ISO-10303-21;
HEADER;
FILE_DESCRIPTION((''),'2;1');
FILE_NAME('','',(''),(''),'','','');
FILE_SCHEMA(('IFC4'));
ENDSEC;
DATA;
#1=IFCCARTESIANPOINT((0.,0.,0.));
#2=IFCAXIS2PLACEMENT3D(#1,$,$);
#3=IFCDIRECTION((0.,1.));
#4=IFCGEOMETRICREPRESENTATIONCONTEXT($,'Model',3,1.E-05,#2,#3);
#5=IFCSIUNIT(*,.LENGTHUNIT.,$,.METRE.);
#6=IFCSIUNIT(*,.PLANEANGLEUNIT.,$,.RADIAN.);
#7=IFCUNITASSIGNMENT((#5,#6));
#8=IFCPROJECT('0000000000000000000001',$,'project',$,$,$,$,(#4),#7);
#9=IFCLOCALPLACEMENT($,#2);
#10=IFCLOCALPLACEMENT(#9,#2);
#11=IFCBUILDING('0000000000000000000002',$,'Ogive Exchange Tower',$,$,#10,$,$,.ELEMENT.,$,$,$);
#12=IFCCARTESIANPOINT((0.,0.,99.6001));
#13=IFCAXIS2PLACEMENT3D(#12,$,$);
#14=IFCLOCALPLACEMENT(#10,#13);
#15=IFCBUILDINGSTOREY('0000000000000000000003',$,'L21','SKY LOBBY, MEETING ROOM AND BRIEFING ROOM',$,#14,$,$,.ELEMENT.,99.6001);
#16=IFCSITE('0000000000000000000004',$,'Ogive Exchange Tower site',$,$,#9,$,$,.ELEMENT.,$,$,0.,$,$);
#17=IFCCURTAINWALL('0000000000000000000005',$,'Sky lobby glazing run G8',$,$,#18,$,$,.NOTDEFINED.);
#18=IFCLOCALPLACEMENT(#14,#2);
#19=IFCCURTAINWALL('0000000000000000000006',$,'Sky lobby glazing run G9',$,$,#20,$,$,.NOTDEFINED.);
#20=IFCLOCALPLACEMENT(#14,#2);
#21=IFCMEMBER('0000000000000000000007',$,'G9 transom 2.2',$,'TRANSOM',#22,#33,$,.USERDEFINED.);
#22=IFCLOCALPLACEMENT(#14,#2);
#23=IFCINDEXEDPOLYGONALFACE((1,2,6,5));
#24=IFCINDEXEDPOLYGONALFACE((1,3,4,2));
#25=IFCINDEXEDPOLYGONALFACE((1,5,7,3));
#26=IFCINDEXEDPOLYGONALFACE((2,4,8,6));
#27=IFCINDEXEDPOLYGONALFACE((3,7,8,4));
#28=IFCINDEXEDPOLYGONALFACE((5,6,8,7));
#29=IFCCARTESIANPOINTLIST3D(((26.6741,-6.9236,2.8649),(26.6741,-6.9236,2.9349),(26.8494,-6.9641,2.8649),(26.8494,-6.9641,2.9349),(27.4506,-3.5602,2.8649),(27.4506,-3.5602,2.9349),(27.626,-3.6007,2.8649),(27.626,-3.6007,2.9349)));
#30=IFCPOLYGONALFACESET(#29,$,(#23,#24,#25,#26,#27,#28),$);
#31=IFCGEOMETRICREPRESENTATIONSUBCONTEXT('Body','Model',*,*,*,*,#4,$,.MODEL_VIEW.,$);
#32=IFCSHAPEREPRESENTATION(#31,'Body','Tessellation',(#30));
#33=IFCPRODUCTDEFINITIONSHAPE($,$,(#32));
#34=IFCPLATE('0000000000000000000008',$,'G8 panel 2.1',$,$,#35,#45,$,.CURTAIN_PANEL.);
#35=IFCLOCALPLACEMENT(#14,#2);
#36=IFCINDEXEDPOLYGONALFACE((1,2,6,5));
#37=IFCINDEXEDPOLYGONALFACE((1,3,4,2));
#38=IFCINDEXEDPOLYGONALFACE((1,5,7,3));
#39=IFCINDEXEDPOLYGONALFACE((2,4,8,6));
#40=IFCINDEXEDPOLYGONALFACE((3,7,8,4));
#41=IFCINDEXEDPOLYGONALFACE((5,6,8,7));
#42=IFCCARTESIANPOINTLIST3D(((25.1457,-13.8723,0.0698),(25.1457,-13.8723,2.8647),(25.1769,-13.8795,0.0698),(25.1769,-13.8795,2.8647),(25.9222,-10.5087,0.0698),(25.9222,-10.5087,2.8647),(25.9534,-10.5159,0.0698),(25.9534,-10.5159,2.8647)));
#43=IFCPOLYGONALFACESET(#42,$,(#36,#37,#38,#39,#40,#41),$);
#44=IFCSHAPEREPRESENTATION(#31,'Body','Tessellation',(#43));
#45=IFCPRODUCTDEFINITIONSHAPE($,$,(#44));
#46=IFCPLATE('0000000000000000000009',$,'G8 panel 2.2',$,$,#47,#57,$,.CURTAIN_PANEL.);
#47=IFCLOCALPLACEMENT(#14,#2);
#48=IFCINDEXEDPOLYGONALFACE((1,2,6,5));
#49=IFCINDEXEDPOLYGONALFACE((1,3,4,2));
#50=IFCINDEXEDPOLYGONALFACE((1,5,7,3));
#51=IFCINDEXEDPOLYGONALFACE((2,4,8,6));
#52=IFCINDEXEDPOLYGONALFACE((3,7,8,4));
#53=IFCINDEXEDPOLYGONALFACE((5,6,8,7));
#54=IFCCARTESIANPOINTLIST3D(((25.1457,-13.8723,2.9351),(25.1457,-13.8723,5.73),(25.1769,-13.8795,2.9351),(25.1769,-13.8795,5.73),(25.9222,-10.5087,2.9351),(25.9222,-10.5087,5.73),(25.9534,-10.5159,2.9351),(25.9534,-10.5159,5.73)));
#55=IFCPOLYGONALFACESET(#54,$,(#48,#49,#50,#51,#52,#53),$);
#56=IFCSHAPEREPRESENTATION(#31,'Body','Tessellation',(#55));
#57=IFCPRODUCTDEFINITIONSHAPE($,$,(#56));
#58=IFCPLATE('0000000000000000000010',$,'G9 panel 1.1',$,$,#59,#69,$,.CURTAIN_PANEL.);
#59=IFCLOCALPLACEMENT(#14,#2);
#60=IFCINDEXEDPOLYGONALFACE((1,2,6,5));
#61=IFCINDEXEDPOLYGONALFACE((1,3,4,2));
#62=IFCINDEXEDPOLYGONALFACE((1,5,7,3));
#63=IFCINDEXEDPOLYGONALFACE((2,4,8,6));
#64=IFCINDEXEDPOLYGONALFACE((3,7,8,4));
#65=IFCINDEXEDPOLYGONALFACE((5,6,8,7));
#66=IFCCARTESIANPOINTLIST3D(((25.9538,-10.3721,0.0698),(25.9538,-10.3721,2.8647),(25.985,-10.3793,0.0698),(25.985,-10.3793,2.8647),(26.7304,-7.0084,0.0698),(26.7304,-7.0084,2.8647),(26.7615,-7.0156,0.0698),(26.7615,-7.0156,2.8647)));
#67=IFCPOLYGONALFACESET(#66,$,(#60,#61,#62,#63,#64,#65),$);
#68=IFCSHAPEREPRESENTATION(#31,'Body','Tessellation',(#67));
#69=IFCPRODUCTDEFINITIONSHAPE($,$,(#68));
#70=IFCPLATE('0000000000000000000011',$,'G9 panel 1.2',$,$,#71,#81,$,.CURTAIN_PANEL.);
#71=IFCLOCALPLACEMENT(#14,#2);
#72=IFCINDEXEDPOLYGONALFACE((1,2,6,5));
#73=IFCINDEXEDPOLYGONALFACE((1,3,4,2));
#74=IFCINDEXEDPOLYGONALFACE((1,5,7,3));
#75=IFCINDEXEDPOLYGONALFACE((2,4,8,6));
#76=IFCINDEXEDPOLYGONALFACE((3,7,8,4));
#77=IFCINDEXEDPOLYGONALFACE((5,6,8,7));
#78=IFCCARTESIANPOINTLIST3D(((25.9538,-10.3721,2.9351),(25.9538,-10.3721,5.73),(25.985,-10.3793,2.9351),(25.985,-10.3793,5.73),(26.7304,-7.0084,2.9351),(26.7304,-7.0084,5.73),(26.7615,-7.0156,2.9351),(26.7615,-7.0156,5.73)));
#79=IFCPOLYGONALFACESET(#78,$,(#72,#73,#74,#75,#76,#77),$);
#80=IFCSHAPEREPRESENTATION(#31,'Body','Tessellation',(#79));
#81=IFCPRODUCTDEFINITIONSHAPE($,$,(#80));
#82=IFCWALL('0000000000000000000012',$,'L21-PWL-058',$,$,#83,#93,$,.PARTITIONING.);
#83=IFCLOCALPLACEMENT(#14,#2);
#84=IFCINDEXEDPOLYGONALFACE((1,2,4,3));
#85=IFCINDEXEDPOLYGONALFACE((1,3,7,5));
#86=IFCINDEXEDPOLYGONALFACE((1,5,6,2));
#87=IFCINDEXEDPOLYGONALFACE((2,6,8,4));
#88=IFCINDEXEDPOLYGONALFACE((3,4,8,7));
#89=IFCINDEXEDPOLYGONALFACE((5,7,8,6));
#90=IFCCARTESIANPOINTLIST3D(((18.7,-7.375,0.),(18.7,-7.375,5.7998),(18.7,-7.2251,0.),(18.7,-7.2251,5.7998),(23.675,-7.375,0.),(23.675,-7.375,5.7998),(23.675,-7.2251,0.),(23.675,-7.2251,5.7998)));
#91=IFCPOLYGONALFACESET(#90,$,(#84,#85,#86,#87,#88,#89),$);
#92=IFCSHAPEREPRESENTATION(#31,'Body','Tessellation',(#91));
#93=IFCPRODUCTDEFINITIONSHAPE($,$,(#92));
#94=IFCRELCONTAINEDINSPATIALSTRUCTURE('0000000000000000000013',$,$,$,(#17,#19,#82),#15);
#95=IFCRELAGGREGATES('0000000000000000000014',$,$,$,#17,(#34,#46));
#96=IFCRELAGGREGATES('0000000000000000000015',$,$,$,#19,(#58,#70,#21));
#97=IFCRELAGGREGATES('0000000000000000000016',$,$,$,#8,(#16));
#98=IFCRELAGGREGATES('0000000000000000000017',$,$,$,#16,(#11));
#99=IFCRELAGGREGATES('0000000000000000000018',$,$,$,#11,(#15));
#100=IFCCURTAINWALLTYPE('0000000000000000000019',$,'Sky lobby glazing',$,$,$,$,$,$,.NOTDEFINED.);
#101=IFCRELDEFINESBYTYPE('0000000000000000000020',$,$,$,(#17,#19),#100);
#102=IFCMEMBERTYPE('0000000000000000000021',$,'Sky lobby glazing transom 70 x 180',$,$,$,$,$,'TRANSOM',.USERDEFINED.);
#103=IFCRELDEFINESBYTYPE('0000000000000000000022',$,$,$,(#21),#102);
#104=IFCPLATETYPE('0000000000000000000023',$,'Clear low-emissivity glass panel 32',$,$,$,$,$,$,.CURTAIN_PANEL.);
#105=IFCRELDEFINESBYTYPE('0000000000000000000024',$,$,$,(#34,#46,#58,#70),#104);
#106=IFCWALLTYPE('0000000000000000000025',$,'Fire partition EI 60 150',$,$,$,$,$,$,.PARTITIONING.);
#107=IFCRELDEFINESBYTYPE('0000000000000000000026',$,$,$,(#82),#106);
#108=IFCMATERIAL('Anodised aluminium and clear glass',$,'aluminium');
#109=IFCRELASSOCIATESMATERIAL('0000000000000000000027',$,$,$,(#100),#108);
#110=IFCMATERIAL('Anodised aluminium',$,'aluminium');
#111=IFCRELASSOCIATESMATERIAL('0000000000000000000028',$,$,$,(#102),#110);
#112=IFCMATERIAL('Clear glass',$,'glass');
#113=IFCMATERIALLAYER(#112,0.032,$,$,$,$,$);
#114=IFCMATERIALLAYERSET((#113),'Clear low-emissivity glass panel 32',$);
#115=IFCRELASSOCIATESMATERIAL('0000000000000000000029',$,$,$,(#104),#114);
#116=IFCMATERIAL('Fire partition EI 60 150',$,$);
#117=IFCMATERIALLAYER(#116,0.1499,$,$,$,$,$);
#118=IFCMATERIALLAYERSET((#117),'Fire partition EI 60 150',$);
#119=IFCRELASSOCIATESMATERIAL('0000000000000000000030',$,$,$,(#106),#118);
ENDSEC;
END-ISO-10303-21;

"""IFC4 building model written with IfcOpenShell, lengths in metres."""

from ifc_helpers import new_model, si_unit, direction, frame, frame_2d, origin, origin_2d, place, context, subcontext, project, spatial, rectangle, extrude, material, layer, layer_set, material_profile, profile_set, type_object, element, aggregate, save


model = new_model("IFC4")

# Units and contexts
model_context = context("Model", 3, precision=1e-05, world=origin(), true_north=direction((0.0, 1.0)))
body_context = subcontext(model_context, "Body", "Model", "MODEL_VIEW")
ifc_project = project(units=[si_unit("LENGTHUNIT", "METRE"), si_unit("PLANEANGLEUNIT", "RADIAN")], contexts=[model_context])

# Site, building, storey
site_placement = place(None, origin())
site = spatial("IfcSite", under=ifc_project, at=site_placement, Name="Ogive Exchange Tower site", CompositionType="ELEMENT", RefElevation=0.0)
building_placement = place(site_placement, origin())
building = spatial("IfcBuilding", under=site, at=building_placement, Name="Ogive Exchange Tower", CompositionType="ELEMENT")
storey_placement = place(building_placement, frame((0.0, 0.0, 99.6001)))
storey = spatial("IfcBuildingStorey", under=building, at=storey_placement, Name="L21", Description="SKY LOBBY, MEETING ROOM AND BRIEFING ROOM", CompositionType="ELEMENT", Elevation=99.6001)

# Curtain walls
ifc_material_1 = material(Name="Anodised aluminium and clear glass", Category="aluminium")
curtain_wall_type = type_object("IfcCurtainWallType", Name="Sky lobby glazing", PredefinedType="NOTDEFINED", material=ifc_material_1)
curtain_wall_1_placement = place(storey_placement, origin())
curtain_wall_1 = element("IfcCurtainWall", 1, at=curtain_wall_1_placement, inside=storey, type_object=curtain_wall_type, Name="Sky lobby glazing run G8", PredefinedType="NOTDEFINED")
ifc_material_2 = material(Name="Anodised aluminium", Category="aluminium")
curtain_wall_2_placement = place(storey_placement, origin())
curtain_wall_2 = element("IfcCurtainWall", 2, at=curtain_wall_2_placement, inside=storey, type_object=curtain_wall_type, Name="Sky lobby glazing run G9", PredefinedType="NOTDEFINED")

# Member
ifc_material_profile_1 = material_profile(ifc_material_2, rectangle(XDim=0.1799, YDim=0.0701, at=origin_2d()), Name="AL 70x180")
ifc_profile_set_1 = profile_set([ifc_material_profile_1], Name="Anodised aluminium")
member_type_1 = type_object("IfcMemberType", Name="Sky lobby glazing transom 70 x 180", ElementType="TRANSOM", PredefinedType="USERDEFINED", material=ifc_profile_set_1)
member_1_placement = place(storey_placement, frame((26.7617, -6.9438, 2.8999), z_axis=(0.224973, 0.974365, 0.0), x_axis=(-0.974365, 0.224973, 0.0)))
member_1 = element("IfcMember", 3, at=member_1_placement, type_object=member_type_1, Name="G9 transom 2.2", ObjectType="TRANSOM", PredefinedType="USERDEFINED", context=body_context, shape_type="SweptSolid", body=[
    extrude(rectangle(XDim=0.1799, YDim=0.0701, at=origin_2d()), origin(), (0.0, 0.0, 1.0), 3.4519),
])

# Plates
ifc_material_3 = material(Name="Clear glass", Category="glass")
ifc_layer_1 = layer(ifc_material_3, 0.032)
ifc_layer_set_1 = layer_set([ifc_layer_1], Name="Clear low-emissivity glass panel 32")
plate_type = type_object("IfcPlateType", Name="Clear low-emissivity glass panel 32", PredefinedType="CURTAIN_PANEL", material=ifc_layer_set_1)
plate_1_placement = place(storey_placement, frame((25.5496, -12.1941, 0.0698), z_axis=(0.0, 0.0, 1.0), x_axis=(0.224944, 0.974372, 0.0)))
plate_1 = element("IfcPlate", 4, at=plate_1_placement, type_object=plate_type, Name="G8 panel 2.1", PredefinedType="CURTAIN_PANEL", context=body_context, shape_type="SweptSolid", body=[
    extrude(rectangle(XDim=3.4521, YDim=0.032, at=origin_2d()), origin(), (0.0, 0.0, 1.0), 2.7949),
])
plate_2_placement = place(storey_placement, frame((25.5496, -12.1941, 2.9351), z_axis=(0.0, 0.0, 1.0), x_axis=(0.224944, 0.974372, 0.0)))
plate_2 = element("IfcPlate", 5, at=plate_2_placement, type_object=plate_type, Name="G8 panel 2.2", PredefinedType="CURTAIN_PANEL", context=body_context, shape_type="SweptSolid", body=[
    extrude(rectangle(XDim=3.4521, YDim=0.032, at=origin_2d()), origin(), (0.0, 0.0, 1.0), 2.7949),
])
aggregate(curtain_wall_1, [plate_1, plate_2])
plate_3_placement = place(storey_placement, frame((26.3577, -8.6938, 0.0698), z_axis=(0.0, 0.0, 1.0), x_axis=(0.224954, 0.974369, 0.0)))
plate_3 = element("IfcPlate", 6, at=plate_3_placement, type_object=plate_type, Name="G9 panel 1.1", PredefinedType="CURTAIN_PANEL", context=body_context, shape_type="SweptSolid", body=[
    extrude(rectangle(XDim=3.4521, YDim=0.032, at=origin_2d()), origin(), (0.0, 0.0, 1.0), 2.7949),
])
plate_4_placement = place(storey_placement, frame((26.3577, -8.6938, 2.9351), z_axis=(0.0, 0.0, 1.0), x_axis=(0.224954, 0.974369, 0.0)))
plate_4 = element("IfcPlate", 7, at=plate_4_placement, type_object=plate_type, Name="G9 panel 1.2", PredefinedType="CURTAIN_PANEL", context=body_context, shape_type="SweptSolid", body=[
    extrude(rectangle(XDim=3.4521, YDim=0.032, at=origin_2d()), origin(), (0.0, 0.0, 1.0), 2.7949),
])
aggregate(curtain_wall_2, [plate_3, plate_4, member_1])

# Wall
ifc_material_4 = material(Name="Fire partition EI 60 150")
ifc_layer_2 = layer(ifc_material_4, 0.1499)
ifc_layer_set_2 = layer_set([ifc_layer_2], Name="Fire partition EI 60 150")
wall_type = type_object("IfcWallType", Name="Fire partition EI 60 150", PredefinedType="PARTITIONING", material=ifc_layer_set_2)
wall_placement = place(storey_placement, frame((23.675, -7.3, 0.0), z_axis=(0.0, 0.0, 1.0), x_axis=(-1.0, 0.0, 0.0)))
element("IfcWall", 8, at=wall_placement, inside=storey, type_object=wall_type, Name="L21-PWL-058", PredefinedType="PARTITIONING", context=body_context, shape_type="SweptSolid", body=[
    extrude(rectangle(XDim=4.9751, YDim=0.1499, at=frame_2d((2.4875, 0.0))), origin(), (0.0, 0.0, 1.0), 5.7998),
])

save(model, "model.ifc")
